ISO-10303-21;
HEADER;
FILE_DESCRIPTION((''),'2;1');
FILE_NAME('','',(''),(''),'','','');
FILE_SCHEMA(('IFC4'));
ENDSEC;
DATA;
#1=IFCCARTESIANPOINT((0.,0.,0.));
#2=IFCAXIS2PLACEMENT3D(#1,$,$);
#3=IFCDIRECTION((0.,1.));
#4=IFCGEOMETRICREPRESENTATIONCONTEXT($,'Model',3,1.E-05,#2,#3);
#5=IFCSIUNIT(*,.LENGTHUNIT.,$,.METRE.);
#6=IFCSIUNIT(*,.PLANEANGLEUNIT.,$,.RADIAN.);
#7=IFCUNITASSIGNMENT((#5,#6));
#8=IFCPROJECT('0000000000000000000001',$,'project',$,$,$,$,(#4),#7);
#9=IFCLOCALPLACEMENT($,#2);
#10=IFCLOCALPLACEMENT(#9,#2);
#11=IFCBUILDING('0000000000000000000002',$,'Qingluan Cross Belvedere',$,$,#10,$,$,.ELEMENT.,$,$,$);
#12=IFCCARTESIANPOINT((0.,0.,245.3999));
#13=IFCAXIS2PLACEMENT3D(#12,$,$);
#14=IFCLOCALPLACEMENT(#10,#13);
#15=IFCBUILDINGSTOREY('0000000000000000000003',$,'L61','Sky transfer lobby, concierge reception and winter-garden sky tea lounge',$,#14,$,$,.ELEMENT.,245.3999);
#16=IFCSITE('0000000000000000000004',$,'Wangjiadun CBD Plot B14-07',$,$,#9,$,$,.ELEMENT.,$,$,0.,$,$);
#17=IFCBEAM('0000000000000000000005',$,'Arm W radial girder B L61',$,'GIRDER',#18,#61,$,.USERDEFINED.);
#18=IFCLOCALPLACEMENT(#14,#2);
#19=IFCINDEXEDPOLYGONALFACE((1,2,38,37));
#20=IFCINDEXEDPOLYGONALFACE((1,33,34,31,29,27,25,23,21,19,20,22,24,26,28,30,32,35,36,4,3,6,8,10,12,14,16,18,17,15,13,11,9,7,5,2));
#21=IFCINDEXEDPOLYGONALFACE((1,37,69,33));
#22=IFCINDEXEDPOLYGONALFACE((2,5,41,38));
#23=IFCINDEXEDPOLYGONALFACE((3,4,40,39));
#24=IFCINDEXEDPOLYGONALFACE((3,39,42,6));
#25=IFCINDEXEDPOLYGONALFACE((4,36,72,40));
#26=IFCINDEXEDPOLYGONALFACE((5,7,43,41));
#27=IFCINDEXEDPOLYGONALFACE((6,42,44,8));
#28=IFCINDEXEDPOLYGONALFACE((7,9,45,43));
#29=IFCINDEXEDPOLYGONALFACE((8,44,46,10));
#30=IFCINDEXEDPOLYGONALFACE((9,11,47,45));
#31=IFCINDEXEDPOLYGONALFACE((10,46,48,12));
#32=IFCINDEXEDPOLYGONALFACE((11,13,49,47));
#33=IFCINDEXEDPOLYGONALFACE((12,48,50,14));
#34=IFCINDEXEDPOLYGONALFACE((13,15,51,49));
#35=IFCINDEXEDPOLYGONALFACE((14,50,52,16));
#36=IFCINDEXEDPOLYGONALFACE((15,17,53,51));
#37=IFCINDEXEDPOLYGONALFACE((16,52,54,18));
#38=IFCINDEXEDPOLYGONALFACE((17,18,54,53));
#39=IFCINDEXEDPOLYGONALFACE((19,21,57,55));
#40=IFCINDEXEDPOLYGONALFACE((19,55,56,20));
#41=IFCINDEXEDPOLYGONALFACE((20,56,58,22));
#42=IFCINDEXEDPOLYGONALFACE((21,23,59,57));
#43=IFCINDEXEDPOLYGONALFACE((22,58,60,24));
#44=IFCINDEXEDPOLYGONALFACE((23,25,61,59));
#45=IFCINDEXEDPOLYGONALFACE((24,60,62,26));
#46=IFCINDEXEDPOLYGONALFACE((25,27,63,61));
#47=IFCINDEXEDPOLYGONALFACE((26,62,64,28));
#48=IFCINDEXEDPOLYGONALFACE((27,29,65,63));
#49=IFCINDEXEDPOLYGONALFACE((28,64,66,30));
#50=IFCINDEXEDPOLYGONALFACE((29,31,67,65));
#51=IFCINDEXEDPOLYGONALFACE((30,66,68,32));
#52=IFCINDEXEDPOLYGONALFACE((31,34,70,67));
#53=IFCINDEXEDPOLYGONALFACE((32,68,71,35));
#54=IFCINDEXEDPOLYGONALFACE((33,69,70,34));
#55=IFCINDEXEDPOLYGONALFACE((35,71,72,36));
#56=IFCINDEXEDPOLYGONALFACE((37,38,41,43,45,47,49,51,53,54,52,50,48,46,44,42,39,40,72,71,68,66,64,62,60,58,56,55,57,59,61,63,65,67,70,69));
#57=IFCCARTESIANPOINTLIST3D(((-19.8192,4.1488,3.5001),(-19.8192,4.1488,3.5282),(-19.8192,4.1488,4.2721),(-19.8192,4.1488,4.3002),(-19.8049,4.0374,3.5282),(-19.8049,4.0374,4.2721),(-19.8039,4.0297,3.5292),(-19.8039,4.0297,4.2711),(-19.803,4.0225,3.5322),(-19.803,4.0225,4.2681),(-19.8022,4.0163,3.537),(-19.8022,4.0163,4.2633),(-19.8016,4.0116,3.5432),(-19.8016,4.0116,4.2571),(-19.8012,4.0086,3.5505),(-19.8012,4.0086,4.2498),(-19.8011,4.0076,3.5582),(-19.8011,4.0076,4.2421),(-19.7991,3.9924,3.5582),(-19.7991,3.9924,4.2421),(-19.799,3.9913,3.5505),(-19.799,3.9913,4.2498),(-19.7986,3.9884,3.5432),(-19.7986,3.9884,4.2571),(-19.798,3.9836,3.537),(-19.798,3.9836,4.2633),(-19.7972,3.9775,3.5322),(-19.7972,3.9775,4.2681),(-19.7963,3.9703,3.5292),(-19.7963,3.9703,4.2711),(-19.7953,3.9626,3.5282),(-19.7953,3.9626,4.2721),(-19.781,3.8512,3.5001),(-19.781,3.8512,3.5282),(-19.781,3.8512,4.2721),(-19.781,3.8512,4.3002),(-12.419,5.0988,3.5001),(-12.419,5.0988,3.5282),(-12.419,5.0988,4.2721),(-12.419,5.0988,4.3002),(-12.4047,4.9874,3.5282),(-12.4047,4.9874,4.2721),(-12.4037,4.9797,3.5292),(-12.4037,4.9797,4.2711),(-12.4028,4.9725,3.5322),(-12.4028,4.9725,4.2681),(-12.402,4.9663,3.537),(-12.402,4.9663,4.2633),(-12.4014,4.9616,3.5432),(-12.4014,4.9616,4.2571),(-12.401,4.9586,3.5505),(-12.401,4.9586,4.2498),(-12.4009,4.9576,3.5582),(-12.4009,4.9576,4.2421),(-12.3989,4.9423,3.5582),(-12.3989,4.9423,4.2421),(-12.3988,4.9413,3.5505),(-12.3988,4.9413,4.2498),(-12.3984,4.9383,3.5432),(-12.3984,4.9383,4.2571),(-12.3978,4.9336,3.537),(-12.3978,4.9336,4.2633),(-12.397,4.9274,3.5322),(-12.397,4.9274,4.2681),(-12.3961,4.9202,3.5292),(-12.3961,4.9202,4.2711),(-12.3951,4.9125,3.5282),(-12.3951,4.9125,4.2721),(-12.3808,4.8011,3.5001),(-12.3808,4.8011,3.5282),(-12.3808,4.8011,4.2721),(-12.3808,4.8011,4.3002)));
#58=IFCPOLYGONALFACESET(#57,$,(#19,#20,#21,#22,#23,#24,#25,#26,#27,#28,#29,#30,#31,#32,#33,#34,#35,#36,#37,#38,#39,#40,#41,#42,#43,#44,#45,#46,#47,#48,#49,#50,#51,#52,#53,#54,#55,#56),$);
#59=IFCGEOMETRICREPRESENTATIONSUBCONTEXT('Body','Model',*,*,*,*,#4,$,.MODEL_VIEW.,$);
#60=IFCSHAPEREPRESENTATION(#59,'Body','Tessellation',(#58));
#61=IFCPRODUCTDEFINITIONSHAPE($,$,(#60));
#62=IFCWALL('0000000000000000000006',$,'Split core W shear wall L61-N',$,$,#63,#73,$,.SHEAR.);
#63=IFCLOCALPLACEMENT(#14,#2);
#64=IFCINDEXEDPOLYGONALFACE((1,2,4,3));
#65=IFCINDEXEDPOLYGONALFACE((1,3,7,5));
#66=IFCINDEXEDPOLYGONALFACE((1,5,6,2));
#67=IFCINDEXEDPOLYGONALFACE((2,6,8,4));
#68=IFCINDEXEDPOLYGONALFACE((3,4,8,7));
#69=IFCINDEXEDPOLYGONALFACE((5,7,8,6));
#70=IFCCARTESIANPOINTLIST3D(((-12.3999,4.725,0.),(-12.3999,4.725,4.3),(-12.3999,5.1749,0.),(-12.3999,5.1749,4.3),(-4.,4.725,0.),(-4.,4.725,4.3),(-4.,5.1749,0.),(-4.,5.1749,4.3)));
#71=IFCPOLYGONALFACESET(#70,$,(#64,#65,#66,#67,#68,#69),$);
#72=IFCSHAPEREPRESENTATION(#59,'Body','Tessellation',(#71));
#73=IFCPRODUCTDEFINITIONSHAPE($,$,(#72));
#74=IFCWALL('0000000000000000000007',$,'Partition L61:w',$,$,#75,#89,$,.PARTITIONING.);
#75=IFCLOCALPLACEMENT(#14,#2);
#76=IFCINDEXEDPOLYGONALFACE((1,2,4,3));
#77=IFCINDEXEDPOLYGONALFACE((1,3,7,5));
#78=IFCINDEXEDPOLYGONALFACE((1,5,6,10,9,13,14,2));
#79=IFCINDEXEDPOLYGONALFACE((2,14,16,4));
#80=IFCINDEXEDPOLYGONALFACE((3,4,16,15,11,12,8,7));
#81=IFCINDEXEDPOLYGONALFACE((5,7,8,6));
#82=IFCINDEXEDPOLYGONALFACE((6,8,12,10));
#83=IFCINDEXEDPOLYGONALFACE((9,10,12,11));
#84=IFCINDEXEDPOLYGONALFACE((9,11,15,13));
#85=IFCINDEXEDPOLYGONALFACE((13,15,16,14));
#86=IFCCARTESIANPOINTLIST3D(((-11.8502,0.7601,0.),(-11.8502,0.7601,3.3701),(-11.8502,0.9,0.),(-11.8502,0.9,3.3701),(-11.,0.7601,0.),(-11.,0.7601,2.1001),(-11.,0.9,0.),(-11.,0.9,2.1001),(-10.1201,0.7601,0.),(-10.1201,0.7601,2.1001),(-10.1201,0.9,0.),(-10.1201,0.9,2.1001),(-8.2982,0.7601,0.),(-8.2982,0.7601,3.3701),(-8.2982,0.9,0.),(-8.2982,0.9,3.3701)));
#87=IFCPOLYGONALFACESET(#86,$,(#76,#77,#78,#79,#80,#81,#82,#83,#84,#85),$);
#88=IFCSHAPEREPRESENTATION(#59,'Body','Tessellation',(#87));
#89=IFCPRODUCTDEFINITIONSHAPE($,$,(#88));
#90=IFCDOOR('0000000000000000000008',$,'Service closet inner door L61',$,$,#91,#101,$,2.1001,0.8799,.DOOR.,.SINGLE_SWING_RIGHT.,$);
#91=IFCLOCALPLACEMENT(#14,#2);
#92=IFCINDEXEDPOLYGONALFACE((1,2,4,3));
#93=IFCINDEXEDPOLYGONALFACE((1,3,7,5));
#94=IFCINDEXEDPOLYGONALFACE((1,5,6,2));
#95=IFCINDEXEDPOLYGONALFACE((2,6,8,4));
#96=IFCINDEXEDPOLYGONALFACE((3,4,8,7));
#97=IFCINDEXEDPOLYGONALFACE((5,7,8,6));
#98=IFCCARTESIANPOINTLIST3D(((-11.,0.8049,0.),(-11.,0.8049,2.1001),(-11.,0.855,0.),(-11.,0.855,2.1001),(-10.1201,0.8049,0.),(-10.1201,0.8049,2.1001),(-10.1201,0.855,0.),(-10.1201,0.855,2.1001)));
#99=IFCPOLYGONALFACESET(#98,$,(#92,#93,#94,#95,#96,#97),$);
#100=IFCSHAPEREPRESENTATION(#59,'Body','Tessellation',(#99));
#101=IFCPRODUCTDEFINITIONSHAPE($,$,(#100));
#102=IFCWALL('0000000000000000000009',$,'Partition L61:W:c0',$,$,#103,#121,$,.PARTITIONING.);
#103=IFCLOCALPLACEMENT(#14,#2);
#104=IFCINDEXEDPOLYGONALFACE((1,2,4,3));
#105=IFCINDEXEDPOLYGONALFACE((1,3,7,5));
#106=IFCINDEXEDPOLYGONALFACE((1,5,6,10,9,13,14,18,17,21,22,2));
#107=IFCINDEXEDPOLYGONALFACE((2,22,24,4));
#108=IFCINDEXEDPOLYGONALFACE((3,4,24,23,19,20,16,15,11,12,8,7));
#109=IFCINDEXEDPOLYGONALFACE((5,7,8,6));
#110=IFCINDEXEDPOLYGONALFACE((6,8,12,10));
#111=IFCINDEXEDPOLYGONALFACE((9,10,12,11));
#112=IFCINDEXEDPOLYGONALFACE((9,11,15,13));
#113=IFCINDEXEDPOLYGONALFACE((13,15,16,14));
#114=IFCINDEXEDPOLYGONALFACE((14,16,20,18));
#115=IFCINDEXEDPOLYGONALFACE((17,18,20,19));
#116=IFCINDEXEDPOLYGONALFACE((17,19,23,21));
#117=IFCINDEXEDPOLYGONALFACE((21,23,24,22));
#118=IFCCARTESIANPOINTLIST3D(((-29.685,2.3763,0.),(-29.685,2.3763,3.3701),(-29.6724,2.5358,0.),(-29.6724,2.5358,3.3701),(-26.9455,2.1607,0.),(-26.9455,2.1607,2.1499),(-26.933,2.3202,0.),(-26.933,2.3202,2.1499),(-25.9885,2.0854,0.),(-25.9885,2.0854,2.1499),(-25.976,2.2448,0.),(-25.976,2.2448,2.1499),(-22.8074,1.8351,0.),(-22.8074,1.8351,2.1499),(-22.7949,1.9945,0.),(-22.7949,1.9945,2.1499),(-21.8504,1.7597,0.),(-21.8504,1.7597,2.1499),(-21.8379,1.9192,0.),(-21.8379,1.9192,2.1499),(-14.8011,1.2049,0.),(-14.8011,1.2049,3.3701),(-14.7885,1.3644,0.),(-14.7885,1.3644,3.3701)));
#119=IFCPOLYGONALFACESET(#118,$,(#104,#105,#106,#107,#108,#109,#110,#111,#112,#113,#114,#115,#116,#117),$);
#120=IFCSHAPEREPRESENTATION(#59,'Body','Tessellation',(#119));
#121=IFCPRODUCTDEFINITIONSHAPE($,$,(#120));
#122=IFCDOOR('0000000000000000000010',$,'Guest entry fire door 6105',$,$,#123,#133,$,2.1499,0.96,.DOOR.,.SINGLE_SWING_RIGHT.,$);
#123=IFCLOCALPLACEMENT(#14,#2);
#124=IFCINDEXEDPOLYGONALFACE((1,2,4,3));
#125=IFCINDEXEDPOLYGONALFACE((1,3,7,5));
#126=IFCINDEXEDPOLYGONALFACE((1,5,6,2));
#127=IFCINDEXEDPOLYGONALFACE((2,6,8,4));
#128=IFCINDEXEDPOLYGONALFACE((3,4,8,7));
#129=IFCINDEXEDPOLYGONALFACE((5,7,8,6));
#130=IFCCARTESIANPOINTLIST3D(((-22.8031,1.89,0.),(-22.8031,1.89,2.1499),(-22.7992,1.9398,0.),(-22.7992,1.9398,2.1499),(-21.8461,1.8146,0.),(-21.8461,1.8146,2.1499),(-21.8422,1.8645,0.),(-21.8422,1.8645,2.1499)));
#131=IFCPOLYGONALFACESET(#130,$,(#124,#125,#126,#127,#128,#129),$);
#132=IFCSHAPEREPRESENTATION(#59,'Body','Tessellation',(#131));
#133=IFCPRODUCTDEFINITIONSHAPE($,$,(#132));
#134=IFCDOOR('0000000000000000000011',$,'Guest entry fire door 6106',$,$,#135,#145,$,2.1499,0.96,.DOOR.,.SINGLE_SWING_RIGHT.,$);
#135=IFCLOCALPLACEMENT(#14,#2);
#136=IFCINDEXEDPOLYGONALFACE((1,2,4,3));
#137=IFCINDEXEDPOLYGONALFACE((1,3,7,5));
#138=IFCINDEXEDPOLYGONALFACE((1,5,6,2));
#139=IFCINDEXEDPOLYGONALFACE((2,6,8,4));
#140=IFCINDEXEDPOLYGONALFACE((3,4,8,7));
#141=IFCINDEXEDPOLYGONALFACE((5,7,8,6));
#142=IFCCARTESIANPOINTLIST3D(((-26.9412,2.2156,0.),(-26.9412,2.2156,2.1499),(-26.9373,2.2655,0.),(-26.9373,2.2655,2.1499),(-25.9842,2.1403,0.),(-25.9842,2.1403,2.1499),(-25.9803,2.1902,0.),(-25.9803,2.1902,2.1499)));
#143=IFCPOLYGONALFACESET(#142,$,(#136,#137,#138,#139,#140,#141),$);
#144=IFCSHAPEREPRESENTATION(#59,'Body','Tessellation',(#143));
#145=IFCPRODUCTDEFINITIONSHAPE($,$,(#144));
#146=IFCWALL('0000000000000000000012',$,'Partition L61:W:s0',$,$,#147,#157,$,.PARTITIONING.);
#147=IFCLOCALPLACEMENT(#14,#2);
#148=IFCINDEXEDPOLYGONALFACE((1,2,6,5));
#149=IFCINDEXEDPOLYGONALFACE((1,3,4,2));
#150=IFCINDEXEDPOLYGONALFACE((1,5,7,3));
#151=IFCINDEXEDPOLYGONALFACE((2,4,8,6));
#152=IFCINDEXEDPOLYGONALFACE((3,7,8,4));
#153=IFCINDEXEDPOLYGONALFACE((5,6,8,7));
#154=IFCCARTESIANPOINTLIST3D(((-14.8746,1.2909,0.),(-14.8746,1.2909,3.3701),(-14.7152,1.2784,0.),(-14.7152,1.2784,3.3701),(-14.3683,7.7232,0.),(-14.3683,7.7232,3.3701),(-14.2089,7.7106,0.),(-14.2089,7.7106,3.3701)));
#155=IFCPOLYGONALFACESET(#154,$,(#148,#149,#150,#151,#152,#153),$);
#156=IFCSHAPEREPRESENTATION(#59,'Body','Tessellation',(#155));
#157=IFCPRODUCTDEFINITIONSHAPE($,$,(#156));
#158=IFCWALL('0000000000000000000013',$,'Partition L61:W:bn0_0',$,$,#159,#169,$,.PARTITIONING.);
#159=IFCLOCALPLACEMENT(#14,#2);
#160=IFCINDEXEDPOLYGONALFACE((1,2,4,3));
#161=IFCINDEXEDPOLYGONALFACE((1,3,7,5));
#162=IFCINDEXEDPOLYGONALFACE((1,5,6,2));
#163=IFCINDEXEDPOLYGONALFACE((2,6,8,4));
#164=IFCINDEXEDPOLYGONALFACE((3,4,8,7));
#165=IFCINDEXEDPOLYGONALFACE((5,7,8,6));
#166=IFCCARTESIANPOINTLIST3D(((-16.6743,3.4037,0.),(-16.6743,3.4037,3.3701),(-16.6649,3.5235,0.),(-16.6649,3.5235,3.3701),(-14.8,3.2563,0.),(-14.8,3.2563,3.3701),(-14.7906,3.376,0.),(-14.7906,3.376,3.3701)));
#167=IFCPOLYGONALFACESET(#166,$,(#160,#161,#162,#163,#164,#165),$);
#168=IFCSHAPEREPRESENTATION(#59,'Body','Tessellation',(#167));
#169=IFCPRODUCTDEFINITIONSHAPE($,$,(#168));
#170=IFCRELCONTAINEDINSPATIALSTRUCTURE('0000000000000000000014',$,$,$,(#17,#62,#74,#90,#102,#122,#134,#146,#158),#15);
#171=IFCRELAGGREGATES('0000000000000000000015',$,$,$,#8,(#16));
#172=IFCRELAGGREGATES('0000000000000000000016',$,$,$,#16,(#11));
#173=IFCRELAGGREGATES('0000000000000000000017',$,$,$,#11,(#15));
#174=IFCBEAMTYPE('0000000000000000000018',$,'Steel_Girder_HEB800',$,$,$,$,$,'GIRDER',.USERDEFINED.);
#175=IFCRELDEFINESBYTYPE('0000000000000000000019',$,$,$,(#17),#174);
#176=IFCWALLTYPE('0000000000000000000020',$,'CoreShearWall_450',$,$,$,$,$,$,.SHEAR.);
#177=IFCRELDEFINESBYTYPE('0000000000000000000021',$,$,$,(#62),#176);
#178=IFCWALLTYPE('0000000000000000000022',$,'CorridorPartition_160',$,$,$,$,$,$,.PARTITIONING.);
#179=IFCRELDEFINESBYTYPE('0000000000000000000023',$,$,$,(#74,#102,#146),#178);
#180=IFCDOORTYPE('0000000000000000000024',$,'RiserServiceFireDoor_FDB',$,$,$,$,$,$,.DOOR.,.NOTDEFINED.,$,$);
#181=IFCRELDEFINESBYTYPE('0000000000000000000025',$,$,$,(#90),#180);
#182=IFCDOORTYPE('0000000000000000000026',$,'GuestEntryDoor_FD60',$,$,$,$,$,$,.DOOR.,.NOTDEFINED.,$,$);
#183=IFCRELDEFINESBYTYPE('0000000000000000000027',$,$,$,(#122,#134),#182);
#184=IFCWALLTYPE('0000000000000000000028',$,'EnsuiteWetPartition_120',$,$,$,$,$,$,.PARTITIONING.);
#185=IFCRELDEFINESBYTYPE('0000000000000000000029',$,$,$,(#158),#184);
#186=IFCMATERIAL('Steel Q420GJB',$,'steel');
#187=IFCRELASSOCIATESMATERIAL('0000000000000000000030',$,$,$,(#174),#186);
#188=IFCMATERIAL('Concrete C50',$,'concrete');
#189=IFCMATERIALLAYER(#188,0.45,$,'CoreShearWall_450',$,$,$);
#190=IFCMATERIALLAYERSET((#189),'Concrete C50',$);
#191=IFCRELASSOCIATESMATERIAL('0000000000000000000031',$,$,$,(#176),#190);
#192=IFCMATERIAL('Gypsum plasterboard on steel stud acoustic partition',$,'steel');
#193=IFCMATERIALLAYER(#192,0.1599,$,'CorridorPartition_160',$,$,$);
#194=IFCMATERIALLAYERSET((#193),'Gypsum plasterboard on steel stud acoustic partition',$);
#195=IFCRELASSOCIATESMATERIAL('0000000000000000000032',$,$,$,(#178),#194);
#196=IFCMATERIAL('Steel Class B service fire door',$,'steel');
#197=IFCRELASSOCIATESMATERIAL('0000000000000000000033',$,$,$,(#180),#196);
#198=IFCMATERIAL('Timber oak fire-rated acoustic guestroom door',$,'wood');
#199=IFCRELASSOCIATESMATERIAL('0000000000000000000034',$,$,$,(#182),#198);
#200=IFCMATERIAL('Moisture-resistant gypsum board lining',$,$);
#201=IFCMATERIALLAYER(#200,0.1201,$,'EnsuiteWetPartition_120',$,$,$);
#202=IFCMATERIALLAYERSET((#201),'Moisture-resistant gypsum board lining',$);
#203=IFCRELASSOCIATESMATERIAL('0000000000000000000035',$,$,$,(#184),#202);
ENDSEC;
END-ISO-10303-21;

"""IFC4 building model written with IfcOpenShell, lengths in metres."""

from ifc_helpers import new_model, si_unit, direction, frame, frame_2d, origin, origin_2d, place, context, subcontext, project, spatial, rectangle, i_section, extrude, material, layer, layer_set, material_profile, profile_set, type_object, element, fill, save


model = new_model("IFC4")

# Units and contexts
model_context = context("Model", 3, precision=1e-05, world=origin(), true_north=direction((0.0, 1.0)))
body_context = subcontext(model_context, "Body", "Model", "MODEL_VIEW")
ifc_project = project(units=[si_unit("LENGTHUNIT", "METRE"), si_unit("PLANEANGLEUNIT", "RADIAN")], contexts=[model_context])

# Site, building, storey
site_placement = place(None, origin())
site = spatial("IfcSite", under=ifc_project, at=site_placement, Name="Wangjiadun CBD Plot B14-07", CompositionType="ELEMENT", RefElevation=0.0)
building_placement = place(site_placement, origin())
building = spatial("IfcBuilding", under=site, at=building_placement, Name="Qingluan Cross Belvedere", CompositionType="ELEMENT")
storey_placement = place(building_placement, frame((0.0, 0.0, 245.3999)))
storey = spatial("IfcBuildingStorey", under=building, at=storey_placement, Name="L61", Description="Sky transfer lobby, concierge reception and winter-garden sky tea lounge", CompositionType="ELEMENT", Elevation=245.3999)

# Beam
ifc_material_1 = material(Name="Steel Q420GJB", Category="steel")
ifc_material_profile_1 = material_profile(ifc_material_1, i_section(OverallWidth=0.3, OverallDepth=0.8, WebThickness=0.0154, FlangeThickness=0.0281, FilletRadius=0.03, at=origin_2d()), Name="HEB800")
ifc_profile_set_1 = profile_set([ifc_material_profile_1], Name="Steel Q420GJB")
beam_type_1 = type_object("IfcBeamType", Name="Steel_Girder_HEB800", ElementType="GIRDER", PredefinedType="USERDEFINED", material=ifc_profile_set_1)
beam_1_placement = place(storey_placement, frame((-12.3999, 4.95, 3.9001), z_axis=(-0.991861, -0.127324, 0.0), x_axis=(0.127324, -0.991861, 0.0)))
element("IfcBeam", 1, at=beam_1_placement, inside=storey, type_object=beam_type_1, Name="Arm W radial girder B L61", ObjectType="GIRDER", PredefinedType="USERDEFINED", context=body_context, shape_type="SweptSolid", body=[
    extrude(i_section(OverallWidth=0.3, OverallDepth=0.8, WebThickness=0.0154, FlangeThickness=0.0281, FilletRadius=0.03, at=origin_2d()), origin(), (0.0, 0.0, 1.0), 7.4609),
])

# Wall
ifc_material_2 = material(Name="Concrete C50", Category="concrete")
ifc_layer_1 = layer(ifc_material_2, 0.45, Name="CoreShearWall_450")
ifc_layer_set_1 = layer_set([ifc_layer_1], Name="Concrete C50")
wall_type_1 = type_object("IfcWallType", Name="CoreShearWall_450", PredefinedType="SHEAR", material=ifc_layer_set_1)
wall_1_placement = place(storey_placement, frame((-12.3999, 4.95, 0.0), z_axis=(0.0, 0.0, 1.0), x_axis=(1.0, 0.0, 0.0)))
element("IfcWall", 2, at=wall_1_placement, inside=storey, type_object=wall_type_1, Name="Split core W shear wall L61-N", PredefinedType="SHEAR", context=body_context, shape_type="SweptSolid", body=[
    extrude(rectangle(XDim=8.3999, YDim=0.45, at=frame_2d((4.2, 0.0))), origin(), (0.0, 0.0, 1.0), 4.3),
])

# Wall, opening, door
ifc_material_3 = material(Name="Gypsum plasterboard on steel stud acoustic partition", Category="steel")
ifc_layer_2 = layer(ifc_material_3, 0.1599, Name="CorridorPartition_160")
ifc_layer_set_2 = layer_set([ifc_layer_2], Name="Gypsum plasterboard on steel stud acoustic partition")
wall_type_2 = type_object("IfcWallType", Name="CorridorPartition_160", PredefinedType="PARTITIONING", material=ifc_layer_set_2)
wall_2_placement = place(storey_placement, frame((-11.8501, 0.8301, 0.0), z_axis=(0.0, 0.0, 1.0), x_axis=(1.0, 0.0, 0.0)))
wall_2 = element("IfcWall", 3, at=wall_2_placement, inside=storey, type_object=wall_type_2, Name="Partition L61:w", PredefinedType="PARTITIONING", context=body_context, shape_type="SweptSolid", body=[
    extrude(rectangle(XDim=3.552, YDim=0.1399, at=frame_2d((1.7759, 0.0))), origin(), (0.0, 0.0, 1.0), 3.3701),
])
opening_1_placement = place(wall_2_placement, frame((0.8501, 0.0, 0.0)))
opening_1 = element("IfcOpeningElement", 4, at=opening_1_placement, cuts=wall_2, PredefinedType="OPENING", context=body_context, shape_type="SweptSolid", body=[
    extrude(rectangle(XDim=0.8799, YDim=2.1001, at=frame_2d((0.4399, 1.05))), frame((0.0, 0.0798, 0.0), z_axis=(0.0, -1.0, 0.0), x_axis=(1.0, 0.0, 0.0)), (0.0, 0.0, 1.0), 0.1599),
])
ifc_material_4 = material(Name="Steel Class B service fire door", Category="steel")
door_type_1 = type_object("IfcDoorType", Name="RiserServiceFireDoor_FDB", OperationType="NOTDEFINED", PredefinedType="DOOR", material=ifc_material_4)
door_1_placement = place(opening_1_placement, origin())
door_1 = element("IfcDoor", 5, at=door_1_placement, inside=storey, type_object=door_type_1, Name="Service closet inner door L61", OperationType="SINGLE_SWING_RIGHT", OverallHeight=2.1001, OverallWidth=0.8799, PredefinedType="DOOR", context=body_context, shape_type="SweptSolid", body=[
    extrude(rectangle(XDim=0.8799, YDim=2.1001, at=frame_2d((0.4399, 1.05))), frame((0.0, 0.0249, 0.0), z_axis=(0.0, -1.0, 0.0), x_axis=(1.0, 0.0, 0.0)), (0.0, 0.0, 1.0), 0.05),
])
fill(opening_1, door_1)

# Wall, openings, doors
wall_3_placement = place(storey_placement, frame((-14.7949, 1.2847, 0.0), z_axis=(0.0, 0.0, 1.0), x_axis=(-0.996917, 0.07846, 0.0)))
wall_3 = element("IfcWall", 6, at=wall_3_placement, inside=storey, type_object=wall_type_2, Name="Partition L61:W:c0", PredefinedType="PARTITIONING", context=body_context, shape_type="SweptSolid", body=[
    extrude(rectangle(XDim=14.9299, YDim=0.1599, at=frame_2d((7.4648, 0.0))), origin(), (0.0, 0.0, 1.0), 3.3701),
])
opening_2_placement = place(wall_3_placement, frame((7.071, 0.0, 0.0)))
opening_2 = element("IfcOpeningElement", 7, at=opening_2_placement, cuts=wall_3, PredefinedType="OPENING", context=body_context, shape_type="SweptSolid", body=[
    extrude(rectangle(XDim=0.96, YDim=2.1499, at=frame_2d((0.48, 1.075))), frame((0.0, 0.0898, 0.0), z_axis=(0.0, -1.0, 0.0), x_axis=(1.0, 0.0, 0.0)), (0.0, 0.0, 1.0), 0.1799),
])
opening_3_placement = place(wall_3_placement, frame((11.2219, 0.0, 0.0)))
opening_3 = element("IfcOpeningElement", 8, at=opening_3_placement, cuts=wall_3, PredefinedType="OPENING", context=body_context, shape_type="SweptSolid", body=[
    extrude(rectangle(XDim=0.96, YDim=2.1499, at=frame_2d((0.48, 1.075))), frame((0.0, 0.0898, 0.0), z_axis=(0.0, -1.0, 0.0), x_axis=(1.0, 0.0, 0.0)), (0.0, 0.0, 1.0), 0.1799),
])
ifc_material_5 = material(Name="Timber oak fire-rated acoustic guestroom door", Category="wood")
door_type_2 = type_object("IfcDoorType", Name="GuestEntryDoor_FD60", OperationType="NOTDEFINED", PredefinedType="DOOR", material=ifc_material_5)
door_2_placement = place(opening_2_placement, origin())
door_2 = element("IfcDoor", 9, at=door_2_placement, inside=storey, type_object=door_type_2, Name="Guest entry fire door 6105", OperationType="SINGLE_SWING_RIGHT", OverallHeight=2.1499, OverallWidth=0.96, PredefinedType="DOOR", context=body_context, shape_type="SweptSolid", body=[
    extrude(rectangle(XDim=0.96, YDim=2.1499, at=frame_2d((0.48, 1.075))), frame((0.0, 0.0249, 0.0), z_axis=(0.0, -1.0, 0.0), x_axis=(1.0, 0.0, 0.0)), (0.0, 0.0, 1.0), 0.05),
])
fill(opening_2, door_2)
door_3_placement = place(opening_3_placement, origin())
door_3 = element("IfcDoor", 10, at=door_3_placement, inside=storey, type_object=door_type_2, Name="Guest entry fire door 6106", OperationType="SINGLE_SWING_RIGHT", OverallHeight=2.1499, OverallWidth=0.96, PredefinedType="DOOR", context=body_context, shape_type="SweptSolid", body=[
    extrude(rectangle(XDim=0.96, YDim=2.1499, at=frame_2d((0.48, 1.075))), frame((0.0, 0.0249, 0.0), z_axis=(0.0, -1.0, 0.0), x_axis=(1.0, 0.0, 0.0)), (0.0, 0.0, 1.0), 0.05),
])
fill(opening_3, door_3)

# Walls
wall_4_placement = place(storey_placement, frame((-14.7949, 1.2847, 0.0), z_axis=(0.0, 0.0, 1.0), x_axis=(0.078479, 0.996916, 0.0)))
element("IfcWall", 11, at=wall_4_placement, inside=storey, type_object=wall_type_2, Name="Partition L61:W:s0", PredefinedType="PARTITIONING", context=body_context, shape_type="SweptSolid", body=[
    extrude(rectangle(XDim=6.4521, YDim=0.1599, at=frame_2d((3.2261, 0.0))), origin(), (0.0, 0.0, 1.0), 3.3701),
])
ifc_material_6 = material(Name="Moisture-resistant gypsum board lining")
ifc_layer_3 = layer(ifc_material_6, 0.1201, Name="EnsuiteWetPartition_120")
ifc_layer_set_3 = layer_set([ifc_layer_3], Name="Moisture-resistant gypsum board lining")
wall_type_3 = type_object("IfcWallType", Name="EnsuiteWetPartition_120", PredefinedType="PARTITIONING", material=ifc_layer_set_3)
wall_5_placement = place(storey_placement, frame((-14.7954, 3.3162, 0.0), z_axis=(0.0, 0.0, 1.0), x_axis=(-0.996919, 0.078434, 0.0)))
element("IfcWall", 12, at=wall_5_placement, inside=storey, type_object=wall_type_3, Name="Partition L61:W:bn0_0", PredefinedType="PARTITIONING", context=body_context, shape_type="SweptSolid", body=[
    extrude(rectangle(XDim=1.8801, YDim=0.1201, at=frame_2d((0.9399, 0.0))), origin(), (0.0, 0.0, 1.0), 3.3701),
])

save(model, "model.ifc")
